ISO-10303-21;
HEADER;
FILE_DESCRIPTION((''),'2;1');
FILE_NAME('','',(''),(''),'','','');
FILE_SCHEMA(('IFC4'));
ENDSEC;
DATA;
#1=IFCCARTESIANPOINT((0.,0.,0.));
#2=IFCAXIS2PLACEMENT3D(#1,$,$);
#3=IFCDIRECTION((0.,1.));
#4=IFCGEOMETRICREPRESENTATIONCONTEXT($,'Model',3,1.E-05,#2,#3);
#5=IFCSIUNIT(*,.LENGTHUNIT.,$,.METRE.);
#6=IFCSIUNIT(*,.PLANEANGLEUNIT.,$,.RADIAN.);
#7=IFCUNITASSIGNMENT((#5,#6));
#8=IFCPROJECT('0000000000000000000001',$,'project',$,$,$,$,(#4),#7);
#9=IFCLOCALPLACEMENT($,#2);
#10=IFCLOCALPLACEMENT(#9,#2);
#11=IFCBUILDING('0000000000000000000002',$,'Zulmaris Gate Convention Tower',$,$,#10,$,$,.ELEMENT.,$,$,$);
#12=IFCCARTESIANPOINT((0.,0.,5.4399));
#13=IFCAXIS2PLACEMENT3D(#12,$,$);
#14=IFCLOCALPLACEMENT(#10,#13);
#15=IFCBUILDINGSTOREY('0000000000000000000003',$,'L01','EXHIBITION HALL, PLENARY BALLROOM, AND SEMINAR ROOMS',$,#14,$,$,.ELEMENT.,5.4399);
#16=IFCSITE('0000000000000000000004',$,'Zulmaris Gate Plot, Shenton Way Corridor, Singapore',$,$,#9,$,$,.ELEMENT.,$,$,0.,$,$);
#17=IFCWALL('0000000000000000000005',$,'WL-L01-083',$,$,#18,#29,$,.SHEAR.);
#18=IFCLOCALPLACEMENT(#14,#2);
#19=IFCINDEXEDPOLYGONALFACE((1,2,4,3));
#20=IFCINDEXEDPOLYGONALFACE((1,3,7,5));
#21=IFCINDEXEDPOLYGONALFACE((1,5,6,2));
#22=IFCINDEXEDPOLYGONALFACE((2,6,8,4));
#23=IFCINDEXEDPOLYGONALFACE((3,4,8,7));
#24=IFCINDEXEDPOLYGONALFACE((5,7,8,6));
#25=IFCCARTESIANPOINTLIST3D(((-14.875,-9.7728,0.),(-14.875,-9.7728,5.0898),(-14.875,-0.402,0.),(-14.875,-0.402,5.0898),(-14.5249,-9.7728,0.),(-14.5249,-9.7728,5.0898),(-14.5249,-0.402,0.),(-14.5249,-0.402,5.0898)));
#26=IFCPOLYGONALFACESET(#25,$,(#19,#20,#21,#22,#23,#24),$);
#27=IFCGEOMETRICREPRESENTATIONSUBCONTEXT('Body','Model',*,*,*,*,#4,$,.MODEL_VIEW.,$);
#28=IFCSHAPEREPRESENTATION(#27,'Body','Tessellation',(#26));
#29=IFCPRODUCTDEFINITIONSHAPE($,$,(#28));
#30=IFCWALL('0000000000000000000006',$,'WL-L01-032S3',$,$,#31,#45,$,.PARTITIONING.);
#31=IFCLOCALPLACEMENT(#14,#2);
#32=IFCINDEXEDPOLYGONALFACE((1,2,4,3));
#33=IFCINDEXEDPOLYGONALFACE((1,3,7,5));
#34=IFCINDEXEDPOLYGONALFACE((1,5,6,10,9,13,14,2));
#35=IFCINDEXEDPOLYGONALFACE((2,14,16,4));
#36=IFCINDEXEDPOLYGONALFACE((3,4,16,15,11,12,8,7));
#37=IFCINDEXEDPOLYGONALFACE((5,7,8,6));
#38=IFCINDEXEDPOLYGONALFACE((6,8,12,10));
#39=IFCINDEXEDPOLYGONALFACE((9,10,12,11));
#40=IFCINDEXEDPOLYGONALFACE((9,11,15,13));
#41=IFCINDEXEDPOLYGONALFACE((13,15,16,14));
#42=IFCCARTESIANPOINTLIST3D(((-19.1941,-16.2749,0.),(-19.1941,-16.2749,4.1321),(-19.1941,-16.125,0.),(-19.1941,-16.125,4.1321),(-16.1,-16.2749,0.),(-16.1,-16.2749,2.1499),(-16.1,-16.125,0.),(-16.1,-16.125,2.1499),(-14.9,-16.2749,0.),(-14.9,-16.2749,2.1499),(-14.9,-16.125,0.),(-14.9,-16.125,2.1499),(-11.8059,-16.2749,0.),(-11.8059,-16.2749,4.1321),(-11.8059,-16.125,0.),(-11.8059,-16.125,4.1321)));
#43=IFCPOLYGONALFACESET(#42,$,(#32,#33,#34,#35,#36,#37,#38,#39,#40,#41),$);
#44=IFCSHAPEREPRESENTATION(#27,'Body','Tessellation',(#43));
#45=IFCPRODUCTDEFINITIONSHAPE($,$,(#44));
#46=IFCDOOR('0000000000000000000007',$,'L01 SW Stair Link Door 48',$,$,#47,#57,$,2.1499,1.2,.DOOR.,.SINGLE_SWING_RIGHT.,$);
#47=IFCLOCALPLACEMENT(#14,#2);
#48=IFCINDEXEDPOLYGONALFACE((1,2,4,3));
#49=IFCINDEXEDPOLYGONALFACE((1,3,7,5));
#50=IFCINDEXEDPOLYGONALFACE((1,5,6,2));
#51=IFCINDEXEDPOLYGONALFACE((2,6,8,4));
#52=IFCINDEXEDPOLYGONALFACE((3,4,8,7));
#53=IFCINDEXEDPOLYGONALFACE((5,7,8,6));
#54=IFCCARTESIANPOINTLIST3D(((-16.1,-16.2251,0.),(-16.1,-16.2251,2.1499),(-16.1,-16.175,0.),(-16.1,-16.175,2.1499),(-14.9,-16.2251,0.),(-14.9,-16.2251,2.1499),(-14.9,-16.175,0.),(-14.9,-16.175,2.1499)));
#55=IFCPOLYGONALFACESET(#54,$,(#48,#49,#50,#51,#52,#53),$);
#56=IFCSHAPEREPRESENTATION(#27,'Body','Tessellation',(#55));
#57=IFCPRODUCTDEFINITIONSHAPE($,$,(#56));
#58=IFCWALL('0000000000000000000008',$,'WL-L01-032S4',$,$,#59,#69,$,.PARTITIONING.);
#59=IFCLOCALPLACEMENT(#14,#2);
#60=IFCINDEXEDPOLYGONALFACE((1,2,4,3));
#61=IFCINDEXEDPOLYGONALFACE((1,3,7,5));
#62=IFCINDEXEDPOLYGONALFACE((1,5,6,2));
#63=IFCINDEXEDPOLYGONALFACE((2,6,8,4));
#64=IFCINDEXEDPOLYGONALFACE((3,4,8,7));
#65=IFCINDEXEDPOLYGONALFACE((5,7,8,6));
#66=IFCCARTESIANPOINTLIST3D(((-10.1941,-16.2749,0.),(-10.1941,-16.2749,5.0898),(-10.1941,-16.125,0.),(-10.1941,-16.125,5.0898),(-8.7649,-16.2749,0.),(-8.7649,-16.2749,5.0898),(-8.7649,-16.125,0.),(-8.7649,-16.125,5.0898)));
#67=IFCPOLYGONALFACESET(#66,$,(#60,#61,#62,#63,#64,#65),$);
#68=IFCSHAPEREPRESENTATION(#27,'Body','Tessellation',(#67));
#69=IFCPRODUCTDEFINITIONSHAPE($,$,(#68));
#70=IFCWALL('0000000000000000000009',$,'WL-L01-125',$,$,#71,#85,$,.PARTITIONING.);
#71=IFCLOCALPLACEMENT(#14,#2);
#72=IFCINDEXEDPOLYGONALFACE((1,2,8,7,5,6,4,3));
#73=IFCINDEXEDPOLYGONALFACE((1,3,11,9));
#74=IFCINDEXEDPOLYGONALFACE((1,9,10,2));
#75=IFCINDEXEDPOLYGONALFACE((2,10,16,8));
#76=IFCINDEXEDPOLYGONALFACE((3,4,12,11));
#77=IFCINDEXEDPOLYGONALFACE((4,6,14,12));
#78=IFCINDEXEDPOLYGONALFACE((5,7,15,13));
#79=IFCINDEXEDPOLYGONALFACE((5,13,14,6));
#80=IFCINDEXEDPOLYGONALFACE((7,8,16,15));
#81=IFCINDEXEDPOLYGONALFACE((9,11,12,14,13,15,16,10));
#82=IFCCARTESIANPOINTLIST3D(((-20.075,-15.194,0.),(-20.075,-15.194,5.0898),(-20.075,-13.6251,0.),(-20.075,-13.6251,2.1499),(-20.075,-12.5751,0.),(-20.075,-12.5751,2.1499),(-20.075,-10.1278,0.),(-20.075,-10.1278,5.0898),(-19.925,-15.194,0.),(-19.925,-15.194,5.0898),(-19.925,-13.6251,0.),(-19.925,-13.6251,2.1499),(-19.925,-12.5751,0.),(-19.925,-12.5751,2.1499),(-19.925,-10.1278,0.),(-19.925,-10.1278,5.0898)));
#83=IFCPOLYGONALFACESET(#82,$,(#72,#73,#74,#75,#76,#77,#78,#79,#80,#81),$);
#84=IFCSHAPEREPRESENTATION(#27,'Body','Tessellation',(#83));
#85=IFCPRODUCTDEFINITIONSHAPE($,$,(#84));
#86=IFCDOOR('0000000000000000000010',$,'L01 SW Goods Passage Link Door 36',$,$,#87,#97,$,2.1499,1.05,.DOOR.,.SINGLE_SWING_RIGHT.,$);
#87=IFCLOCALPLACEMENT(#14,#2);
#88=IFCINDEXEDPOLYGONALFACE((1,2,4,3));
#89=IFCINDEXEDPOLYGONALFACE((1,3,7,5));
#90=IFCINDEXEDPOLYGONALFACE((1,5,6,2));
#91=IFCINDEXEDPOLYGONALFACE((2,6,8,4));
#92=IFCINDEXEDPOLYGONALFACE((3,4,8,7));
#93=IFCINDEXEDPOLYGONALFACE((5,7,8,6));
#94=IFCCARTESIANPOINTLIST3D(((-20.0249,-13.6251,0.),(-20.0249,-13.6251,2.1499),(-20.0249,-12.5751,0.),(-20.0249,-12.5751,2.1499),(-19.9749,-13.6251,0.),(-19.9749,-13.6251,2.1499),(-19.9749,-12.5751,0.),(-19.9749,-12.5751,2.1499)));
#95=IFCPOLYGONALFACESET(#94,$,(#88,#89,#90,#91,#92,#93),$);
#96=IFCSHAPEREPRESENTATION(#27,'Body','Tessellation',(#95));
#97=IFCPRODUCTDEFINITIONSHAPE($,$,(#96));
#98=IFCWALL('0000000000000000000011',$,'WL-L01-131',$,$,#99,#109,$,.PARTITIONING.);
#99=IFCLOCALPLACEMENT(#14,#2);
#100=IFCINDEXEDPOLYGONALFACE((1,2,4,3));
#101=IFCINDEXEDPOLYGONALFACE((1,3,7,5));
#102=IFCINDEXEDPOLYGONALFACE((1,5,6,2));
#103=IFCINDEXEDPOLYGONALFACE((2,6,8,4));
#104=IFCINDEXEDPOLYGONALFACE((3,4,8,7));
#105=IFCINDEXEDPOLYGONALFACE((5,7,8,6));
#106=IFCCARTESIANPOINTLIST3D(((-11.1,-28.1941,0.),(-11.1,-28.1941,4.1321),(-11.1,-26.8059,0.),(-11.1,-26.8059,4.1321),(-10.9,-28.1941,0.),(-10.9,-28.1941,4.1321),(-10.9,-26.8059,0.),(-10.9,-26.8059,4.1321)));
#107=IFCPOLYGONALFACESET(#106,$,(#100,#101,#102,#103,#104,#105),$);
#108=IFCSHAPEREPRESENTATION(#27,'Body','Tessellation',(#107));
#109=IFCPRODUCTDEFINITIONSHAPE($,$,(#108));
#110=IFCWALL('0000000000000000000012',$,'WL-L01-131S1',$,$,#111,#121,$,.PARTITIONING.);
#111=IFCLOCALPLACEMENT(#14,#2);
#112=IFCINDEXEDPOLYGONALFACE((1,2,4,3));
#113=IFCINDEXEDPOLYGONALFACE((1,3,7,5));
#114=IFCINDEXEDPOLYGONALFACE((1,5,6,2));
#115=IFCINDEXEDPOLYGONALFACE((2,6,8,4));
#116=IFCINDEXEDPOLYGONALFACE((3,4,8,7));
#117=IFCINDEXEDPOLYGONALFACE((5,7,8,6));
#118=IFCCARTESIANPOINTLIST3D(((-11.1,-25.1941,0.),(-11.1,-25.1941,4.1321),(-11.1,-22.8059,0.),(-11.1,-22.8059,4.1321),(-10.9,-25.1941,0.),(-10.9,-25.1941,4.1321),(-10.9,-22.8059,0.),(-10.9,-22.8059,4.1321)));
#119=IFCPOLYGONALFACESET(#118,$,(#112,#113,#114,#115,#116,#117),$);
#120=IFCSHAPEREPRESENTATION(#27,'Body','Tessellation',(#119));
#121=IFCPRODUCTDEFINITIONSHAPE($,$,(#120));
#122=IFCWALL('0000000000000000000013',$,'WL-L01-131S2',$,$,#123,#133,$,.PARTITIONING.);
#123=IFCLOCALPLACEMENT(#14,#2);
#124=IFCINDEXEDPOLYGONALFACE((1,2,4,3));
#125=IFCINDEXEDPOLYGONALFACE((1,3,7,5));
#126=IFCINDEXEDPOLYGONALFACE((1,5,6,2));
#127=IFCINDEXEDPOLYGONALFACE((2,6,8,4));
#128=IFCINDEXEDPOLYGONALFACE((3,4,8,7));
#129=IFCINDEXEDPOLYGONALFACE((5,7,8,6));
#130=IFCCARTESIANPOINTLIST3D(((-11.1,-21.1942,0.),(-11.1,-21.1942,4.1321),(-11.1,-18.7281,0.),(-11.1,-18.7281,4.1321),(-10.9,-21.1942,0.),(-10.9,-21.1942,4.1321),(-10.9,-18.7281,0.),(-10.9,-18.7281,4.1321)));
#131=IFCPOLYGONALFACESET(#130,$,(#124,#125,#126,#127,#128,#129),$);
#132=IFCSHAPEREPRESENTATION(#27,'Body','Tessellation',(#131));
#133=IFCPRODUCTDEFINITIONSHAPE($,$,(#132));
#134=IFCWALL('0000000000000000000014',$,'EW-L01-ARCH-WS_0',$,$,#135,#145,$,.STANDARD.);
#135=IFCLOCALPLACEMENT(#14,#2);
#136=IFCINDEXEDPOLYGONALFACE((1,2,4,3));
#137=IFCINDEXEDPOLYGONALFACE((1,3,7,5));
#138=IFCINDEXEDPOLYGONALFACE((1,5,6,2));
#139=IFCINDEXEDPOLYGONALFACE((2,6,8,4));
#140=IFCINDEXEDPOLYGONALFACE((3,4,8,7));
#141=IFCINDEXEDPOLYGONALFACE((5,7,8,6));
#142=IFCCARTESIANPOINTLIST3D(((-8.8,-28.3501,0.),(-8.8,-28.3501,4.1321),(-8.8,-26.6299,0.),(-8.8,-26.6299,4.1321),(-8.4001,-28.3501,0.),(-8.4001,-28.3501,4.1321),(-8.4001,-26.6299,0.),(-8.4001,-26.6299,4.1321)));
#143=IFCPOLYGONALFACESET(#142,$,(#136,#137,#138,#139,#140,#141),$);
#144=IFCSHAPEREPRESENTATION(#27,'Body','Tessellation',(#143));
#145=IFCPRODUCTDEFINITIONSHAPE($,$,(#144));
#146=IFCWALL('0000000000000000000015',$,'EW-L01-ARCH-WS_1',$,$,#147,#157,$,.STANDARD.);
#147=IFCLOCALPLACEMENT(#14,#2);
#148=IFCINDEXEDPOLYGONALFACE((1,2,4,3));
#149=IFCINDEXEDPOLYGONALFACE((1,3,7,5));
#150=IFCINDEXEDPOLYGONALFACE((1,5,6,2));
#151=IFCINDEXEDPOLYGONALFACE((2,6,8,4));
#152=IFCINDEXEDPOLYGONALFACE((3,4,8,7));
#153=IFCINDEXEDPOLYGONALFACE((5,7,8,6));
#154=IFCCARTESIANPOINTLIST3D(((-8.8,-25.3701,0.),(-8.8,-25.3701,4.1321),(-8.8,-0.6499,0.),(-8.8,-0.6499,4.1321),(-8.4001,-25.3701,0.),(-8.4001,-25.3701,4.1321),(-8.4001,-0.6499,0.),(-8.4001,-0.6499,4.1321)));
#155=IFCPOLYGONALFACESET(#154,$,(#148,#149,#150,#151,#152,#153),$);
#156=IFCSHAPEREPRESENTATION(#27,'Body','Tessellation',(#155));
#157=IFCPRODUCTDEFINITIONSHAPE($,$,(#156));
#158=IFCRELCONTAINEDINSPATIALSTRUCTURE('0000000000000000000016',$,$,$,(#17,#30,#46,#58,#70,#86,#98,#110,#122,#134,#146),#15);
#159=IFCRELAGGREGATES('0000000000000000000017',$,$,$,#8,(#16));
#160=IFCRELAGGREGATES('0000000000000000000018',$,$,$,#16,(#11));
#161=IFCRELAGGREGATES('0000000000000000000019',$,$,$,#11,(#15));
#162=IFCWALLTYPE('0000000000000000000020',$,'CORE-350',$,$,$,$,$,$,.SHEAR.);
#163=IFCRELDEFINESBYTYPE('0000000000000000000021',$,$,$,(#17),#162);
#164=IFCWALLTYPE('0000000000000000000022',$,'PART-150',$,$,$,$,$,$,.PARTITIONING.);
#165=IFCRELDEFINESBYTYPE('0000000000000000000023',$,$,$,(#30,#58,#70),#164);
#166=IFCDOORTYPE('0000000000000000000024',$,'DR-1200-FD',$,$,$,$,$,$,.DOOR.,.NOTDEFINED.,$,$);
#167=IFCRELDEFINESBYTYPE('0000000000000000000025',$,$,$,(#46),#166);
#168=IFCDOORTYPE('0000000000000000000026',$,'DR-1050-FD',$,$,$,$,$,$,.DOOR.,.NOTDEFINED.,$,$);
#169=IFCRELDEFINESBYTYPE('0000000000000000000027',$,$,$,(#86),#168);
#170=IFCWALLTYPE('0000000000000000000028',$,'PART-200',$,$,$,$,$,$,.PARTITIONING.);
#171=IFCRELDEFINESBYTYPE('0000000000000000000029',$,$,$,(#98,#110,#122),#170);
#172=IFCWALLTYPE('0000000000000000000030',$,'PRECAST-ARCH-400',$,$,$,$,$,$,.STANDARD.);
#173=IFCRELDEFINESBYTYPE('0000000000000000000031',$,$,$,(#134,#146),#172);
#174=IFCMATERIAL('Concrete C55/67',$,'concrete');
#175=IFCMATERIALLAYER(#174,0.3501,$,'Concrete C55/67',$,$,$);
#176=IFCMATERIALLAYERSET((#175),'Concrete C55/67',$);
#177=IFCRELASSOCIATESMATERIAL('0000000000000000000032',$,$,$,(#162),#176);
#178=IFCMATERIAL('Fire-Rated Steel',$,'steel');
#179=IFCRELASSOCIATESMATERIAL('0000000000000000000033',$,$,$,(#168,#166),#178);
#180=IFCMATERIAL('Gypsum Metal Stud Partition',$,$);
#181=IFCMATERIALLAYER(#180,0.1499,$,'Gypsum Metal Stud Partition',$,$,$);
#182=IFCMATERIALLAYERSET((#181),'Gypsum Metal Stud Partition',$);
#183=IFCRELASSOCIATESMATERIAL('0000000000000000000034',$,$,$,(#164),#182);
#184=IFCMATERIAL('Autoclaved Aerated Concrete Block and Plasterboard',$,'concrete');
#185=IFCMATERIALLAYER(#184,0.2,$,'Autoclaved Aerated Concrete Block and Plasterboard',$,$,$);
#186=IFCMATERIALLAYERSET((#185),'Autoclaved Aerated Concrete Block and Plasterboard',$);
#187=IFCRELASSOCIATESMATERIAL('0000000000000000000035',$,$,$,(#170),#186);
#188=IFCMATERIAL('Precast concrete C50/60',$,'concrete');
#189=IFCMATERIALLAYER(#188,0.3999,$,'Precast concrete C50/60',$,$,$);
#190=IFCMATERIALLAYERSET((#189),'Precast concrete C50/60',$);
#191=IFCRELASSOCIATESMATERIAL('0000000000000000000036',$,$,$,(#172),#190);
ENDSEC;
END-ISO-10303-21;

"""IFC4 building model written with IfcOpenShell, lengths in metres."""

from ifc_helpers import new_model, si_unit, direction, frame, frame_2d, origin, place, context, subcontext, project, spatial, rectangle, extrude, material, layer, layer_set, type_object, element, fill, save


model = new_model("IFC4")

# Units and contexts
model_context = context("Model", 3, precision=1e-05, world=origin(), true_north=direction((0.0, 1.0)))
body_context = subcontext(model_context, "Body", "Model", "MODEL_VIEW")
ifc_project = project(units=[si_unit("LENGTHUNIT", "METRE"), si_unit("PLANEANGLEUNIT", "RADIAN")], contexts=[model_context])

# Site, building, storey
site_placement = place(None, origin())
site = spatial("IfcSite", under=ifc_project, at=site_placement, Name="Zulmaris Gate Plot, Shenton Way Corridor, Singapore", CompositionType="ELEMENT", RefElevation=0.0)
building_placement = place(site_placement, origin())
building = spatial("IfcBuilding", under=site, at=building_placement, Name="Zulmaris Gate Convention Tower", CompositionType="ELEMENT")
storey_placement = place(building_placement, frame((0.0, 0.0, 5.4399)))
storey = spatial("IfcBuildingStorey", under=building, at=storey_placement, Name="L01", Description="EXHIBITION HALL, PLENARY BALLROOM, AND SEMINAR ROOMS", CompositionType="ELEMENT", Elevation=5.4399)

# Shared definitions
ifc_material_1 = material(Name="Concrete C55/67", Category="concrete")
ifc_layer_1 = layer(ifc_material_1, 0.3501, Name="Concrete C55/67")
ifc_layer_set_1 = layer_set([ifc_layer_1], Name="Concrete C55/67")
wall_type_1 = type_object("IfcWallType", Name="CORE-350", PredefinedType="SHEAR", material=ifc_layer_set_1)
ifc_material_2 = material(Name="Fire-Rated Steel", Category="steel")
door_type_1 = type_object("IfcDoorType", Name="DR-1050-FD", OperationType="NOTDEFINED", PredefinedType="DOOR", material=ifc_material_2)

# Wall
wall_1_placement = place(storey_placement, frame((-14.7, -9.7729, 0.0), z_axis=(0.0, 0.0, 1.0), x_axis=(0.0, 1.0, 0.0)))
element("IfcWall", 1, at=wall_1_placement, inside=storey, type_object=wall_type_1, Name="WL-L01-083", PredefinedType="SHEAR", context=body_context, shape_type="SweptSolid", body=[
    extrude(rectangle(XDim=9.3708, YDim=0.3501, at=frame_2d((4.6855, 0.0))), origin(), (0.0, 0.0, 1.0), 5.0898),
])

# Wall, opening, door
ifc_material_3 = material(Name="Gypsum Metal Stud Partition")
ifc_layer_2 = layer(ifc_material_3, 0.1499, Name="Gypsum Metal Stud Partition")
ifc_layer_set_2 = layer_set([ifc_layer_2], Name="Gypsum Metal Stud Partition")
wall_type_2 = type_object("IfcWallType", Name="PART-150", PredefinedType="PARTITIONING", material=ifc_layer_set_2)
wall_2_placement = place(storey_placement, frame((-19.1941, -16.2, 0.0), z_axis=(0.0, 0.0, 1.0), x_axis=(1.0, 0.0, 0.0)))
wall_2 = element("IfcWall", 2, at=wall_2_placement, inside=storey, type_object=wall_type_2, Name="WL-L01-032S3", PredefinedType="PARTITIONING", context=body_context, shape_type="SweptSolid", body=[
    extrude(rectangle(XDim=7.3882, YDim=0.1499, at=frame_2d((3.6941, 0.0))), origin(), (0.0, 0.0, 1.0), 4.1321),
])
opening_1_placement = place(wall_2_placement, frame((3.094, 0.0, 0.0)))
opening_1 = element("IfcOpeningElement", 3, at=opening_1_placement, cuts=wall_2, PredefinedType="OPENING", context=body_context, shape_type="SweptSolid", body=[
    extrude(rectangle(XDim=1.2, YDim=2.1499, at=frame_2d((0.6001, 1.075))), frame((0.0, 0.085, 0.0), z_axis=(0.0, -1.0, 0.0), x_axis=(1.0, 0.0, 0.0)), (0.0, 0.0, 1.0), 0.1699),
])
door_type_2 = type_object("IfcDoorType", Name="DR-1200-FD", OperationType="NOTDEFINED", PredefinedType="DOOR", material=ifc_material_2)
door_1_placement = place(opening_1_placement, origin())
door_1 = element("IfcDoor", 4, at=door_1_placement, inside=storey, type_object=door_type_2, Name="L01 SW Stair Link Door 48", OperationType="SINGLE_SWING_RIGHT", OverallHeight=2.1499, OverallWidth=1.2, PredefinedType="DOOR", context=body_context, shape_type="SweptSolid", body=[
    extrude(rectangle(XDim=1.2, YDim=2.1499, at=frame_2d((0.6001, 1.075))), frame((0.0, 0.0249, 0.0), z_axis=(0.0, -1.0, 0.0), x_axis=(1.0, 0.0, 0.0)), (0.0, 0.0, 1.0), 0.05),
])
fill(opening_1, door_1)

# Wall
wall_3_placement = place(storey_placement, frame((-10.1941, -16.2, 0.0), z_axis=(0.0, 0.0, 1.0), x_axis=(1.0, 0.0, 0.0)))
element("IfcWall", 5, at=wall_3_placement, inside=storey, type_object=wall_type_2, Name="WL-L01-032S4", PredefinedType="PARTITIONING", context=body_context, shape_type="SweptSolid", body=[
    extrude(rectangle(XDim=1.4292, YDim=0.1499, at=frame_2d((0.7146, 0.0))), origin(), (0.0, 0.0, 1.0), 5.0898),
])

# Wall, opening, door
wall_4_placement = place(storey_placement, frame((-20.0, -15.1941, 0.0), z_axis=(0.0, 0.0, 1.0), x_axis=(0.0, 1.0, 0.0)))
wall_4 = element("IfcWall", 6, at=wall_4_placement, inside=storey, type_object=wall_type_2, Name="WL-L01-125", PredefinedType="PARTITIONING", context=body_context, shape_type="SweptSolid", body=[
    extrude(rectangle(XDim=5.0662, YDim=0.1499, at=frame_2d((2.5332, 0.0))), origin(), (0.0, 0.0, 1.0), 5.0898),
])
opening_2_placement = place(wall_4_placement, frame((1.5691, 0.0, 0.0)))
opening_2 = element("IfcOpeningElement", 7, at=opening_2_placement, cuts=wall_4, PredefinedType="OPENING", context=body_context, shape_type="SweptSolid", body=[
    extrude(rectangle(XDim=1.05, YDim=2.1499, at=frame_2d((0.5249, 1.075))), frame((0.0, 0.085, 0.0), z_axis=(0.0, -1.0, 0.0), x_axis=(1.0, 0.0, 0.0)), (0.0, 0.0, 1.0), 0.1699),
])
door_2_placement = place(opening_2_placement, origin())
door_2 = element("IfcDoor", 8, at=door_2_placement, inside=storey, type_object=door_type_1, Name="L01 SW Goods Passage Link Door 36", OperationType="SINGLE_SWING_RIGHT", OverallHeight=2.1499, OverallWidth=1.05, PredefinedType="DOOR", context=body_context, shape_type="SweptSolid", body=[
    extrude(rectangle(XDim=1.05, YDim=2.1499, at=frame_2d((0.5249, 1.075))), frame((0.0, 0.0249, 0.0), z_axis=(0.0, -1.0, 0.0), x_axis=(1.0, 0.0, 0.0)), (0.0, 0.0, 1.0), 0.05),
])
fill(opening_2, door_2)

# Walls
ifc_material_4 = material(Name="Autoclaved Aerated Concrete Block and Plasterboard", Category="concrete")
ifc_layer_3 = layer(ifc_material_4, 0.2, Name="Autoclaved Aerated Concrete Block and Plasterboard")
ifc_layer_set_3 = layer_set([ifc_layer_3], Name="Autoclaved Aerated Concrete Block and Plasterboard")
wall_type_3 = type_object("IfcWallType", Name="PART-200", PredefinedType="PARTITIONING", material=ifc_layer_set_3)
wall_5_placement = place(storey_placement, frame((-11.0, -28.1941, 0.0), z_axis=(0.0, 0.0, 1.0), x_axis=(0.0, 1.0, 0.0)))
element("IfcWall", 9, at=wall_5_placement, inside=storey, type_object=wall_type_3, Name="WL-L01-131", PredefinedType="PARTITIONING", context=body_context, shape_type="SweptSolid", body=[
    extrude(rectangle(XDim=1.3882, YDim=0.2, at=frame_2d((0.6941, 0.0))), origin(), (0.0, 0.0, 1.0), 4.1321),
])
wall_6_placement = place(storey_placement, frame((-11.0, -25.1941, 0.0), z_axis=(0.0, 0.0, 1.0), x_axis=(0.0, 1.0, 0.0)))
element("IfcWall", 10, at=wall_6_placement, inside=storey, type_object=wall_type_3, Name="WL-L01-131S1", PredefinedType="PARTITIONING", context=body_context, shape_type="SweptSolid", body=[
    extrude(rectangle(XDim=2.3882, YDim=0.2, at=frame_2d((1.1941, 0.0))), origin(), (0.0, 0.0, 1.0), 4.1321),
])
wall_7_placement = place(storey_placement, frame((-11.0, -21.1941, 0.0), z_axis=(0.0, 0.0, 1.0), x_axis=(0.0, 1.0, 0.0)))
element("IfcWall", 11, at=wall_7_placement, inside=storey, type_object=wall_type_3, Name="WL-L01-131S2", PredefinedType="PARTITIONING", context=body_context, shape_type="SweptSolid", body=[
    extrude(rectangle(XDim=2.4661, YDim=0.2, at=frame_2d((1.2329, 0.0))), origin(), (0.0, 0.0, 1.0), 4.1321),
])
ifc_material_5 = material(Name="Precast concrete C50/60", Category="concrete")
ifc_layer_4 = layer(ifc_material_5, 0.3999, Name="Precast concrete C50/60")
ifc_layer_set_4 = layer_set([ifc_layer_4], Name="Precast concrete C50/60")
wall_type_4 = type_object("IfcWallType", Name="PRECAST-ARCH-400", PredefinedType="STANDARD", material=ifc_layer_set_4)
wall_8_placement = place(storey_placement, frame((-8.6001, -28.3501, 0.0), z_axis=(0.0, 0.0, 1.0), x_axis=(0.0, 1.0, 0.0)))
element("IfcWall", 12, at=wall_8_placement, inside=storey, type_object=wall_type_4, Name="EW-L01-ARCH-WS_0", PredefinedType="STANDARD", context=body_context, shape_type="SweptSolid", body=[
    extrude(rectangle(XDim=1.7202, YDim=0.3999, at=frame_2d((0.8601, 0.0))), origin(), (0.0, 0.0, 1.0), 4.1321),
])
wall_9_placement = place(storey_placement, frame((-8.6001, -25.3701, 0.0), z_axis=(0.0, 0.0, 1.0), x_axis=(0.0, 1.0, 0.0)))
element("IfcWall", 13, at=wall_9_placement, inside=storey, type_object=wall_type_4, Name="EW-L01-ARCH-WS_1", PredefinedType="STANDARD", context=body_context, shape_type="SweptSolid", body=[
    extrude(rectangle(XDim=24.7202, YDim=0.3999, at=frame_2d((12.3601, 0.0))), origin(), (0.0, 0.0, 1.0), 4.1321),
])

save(model, "model.ifc")
